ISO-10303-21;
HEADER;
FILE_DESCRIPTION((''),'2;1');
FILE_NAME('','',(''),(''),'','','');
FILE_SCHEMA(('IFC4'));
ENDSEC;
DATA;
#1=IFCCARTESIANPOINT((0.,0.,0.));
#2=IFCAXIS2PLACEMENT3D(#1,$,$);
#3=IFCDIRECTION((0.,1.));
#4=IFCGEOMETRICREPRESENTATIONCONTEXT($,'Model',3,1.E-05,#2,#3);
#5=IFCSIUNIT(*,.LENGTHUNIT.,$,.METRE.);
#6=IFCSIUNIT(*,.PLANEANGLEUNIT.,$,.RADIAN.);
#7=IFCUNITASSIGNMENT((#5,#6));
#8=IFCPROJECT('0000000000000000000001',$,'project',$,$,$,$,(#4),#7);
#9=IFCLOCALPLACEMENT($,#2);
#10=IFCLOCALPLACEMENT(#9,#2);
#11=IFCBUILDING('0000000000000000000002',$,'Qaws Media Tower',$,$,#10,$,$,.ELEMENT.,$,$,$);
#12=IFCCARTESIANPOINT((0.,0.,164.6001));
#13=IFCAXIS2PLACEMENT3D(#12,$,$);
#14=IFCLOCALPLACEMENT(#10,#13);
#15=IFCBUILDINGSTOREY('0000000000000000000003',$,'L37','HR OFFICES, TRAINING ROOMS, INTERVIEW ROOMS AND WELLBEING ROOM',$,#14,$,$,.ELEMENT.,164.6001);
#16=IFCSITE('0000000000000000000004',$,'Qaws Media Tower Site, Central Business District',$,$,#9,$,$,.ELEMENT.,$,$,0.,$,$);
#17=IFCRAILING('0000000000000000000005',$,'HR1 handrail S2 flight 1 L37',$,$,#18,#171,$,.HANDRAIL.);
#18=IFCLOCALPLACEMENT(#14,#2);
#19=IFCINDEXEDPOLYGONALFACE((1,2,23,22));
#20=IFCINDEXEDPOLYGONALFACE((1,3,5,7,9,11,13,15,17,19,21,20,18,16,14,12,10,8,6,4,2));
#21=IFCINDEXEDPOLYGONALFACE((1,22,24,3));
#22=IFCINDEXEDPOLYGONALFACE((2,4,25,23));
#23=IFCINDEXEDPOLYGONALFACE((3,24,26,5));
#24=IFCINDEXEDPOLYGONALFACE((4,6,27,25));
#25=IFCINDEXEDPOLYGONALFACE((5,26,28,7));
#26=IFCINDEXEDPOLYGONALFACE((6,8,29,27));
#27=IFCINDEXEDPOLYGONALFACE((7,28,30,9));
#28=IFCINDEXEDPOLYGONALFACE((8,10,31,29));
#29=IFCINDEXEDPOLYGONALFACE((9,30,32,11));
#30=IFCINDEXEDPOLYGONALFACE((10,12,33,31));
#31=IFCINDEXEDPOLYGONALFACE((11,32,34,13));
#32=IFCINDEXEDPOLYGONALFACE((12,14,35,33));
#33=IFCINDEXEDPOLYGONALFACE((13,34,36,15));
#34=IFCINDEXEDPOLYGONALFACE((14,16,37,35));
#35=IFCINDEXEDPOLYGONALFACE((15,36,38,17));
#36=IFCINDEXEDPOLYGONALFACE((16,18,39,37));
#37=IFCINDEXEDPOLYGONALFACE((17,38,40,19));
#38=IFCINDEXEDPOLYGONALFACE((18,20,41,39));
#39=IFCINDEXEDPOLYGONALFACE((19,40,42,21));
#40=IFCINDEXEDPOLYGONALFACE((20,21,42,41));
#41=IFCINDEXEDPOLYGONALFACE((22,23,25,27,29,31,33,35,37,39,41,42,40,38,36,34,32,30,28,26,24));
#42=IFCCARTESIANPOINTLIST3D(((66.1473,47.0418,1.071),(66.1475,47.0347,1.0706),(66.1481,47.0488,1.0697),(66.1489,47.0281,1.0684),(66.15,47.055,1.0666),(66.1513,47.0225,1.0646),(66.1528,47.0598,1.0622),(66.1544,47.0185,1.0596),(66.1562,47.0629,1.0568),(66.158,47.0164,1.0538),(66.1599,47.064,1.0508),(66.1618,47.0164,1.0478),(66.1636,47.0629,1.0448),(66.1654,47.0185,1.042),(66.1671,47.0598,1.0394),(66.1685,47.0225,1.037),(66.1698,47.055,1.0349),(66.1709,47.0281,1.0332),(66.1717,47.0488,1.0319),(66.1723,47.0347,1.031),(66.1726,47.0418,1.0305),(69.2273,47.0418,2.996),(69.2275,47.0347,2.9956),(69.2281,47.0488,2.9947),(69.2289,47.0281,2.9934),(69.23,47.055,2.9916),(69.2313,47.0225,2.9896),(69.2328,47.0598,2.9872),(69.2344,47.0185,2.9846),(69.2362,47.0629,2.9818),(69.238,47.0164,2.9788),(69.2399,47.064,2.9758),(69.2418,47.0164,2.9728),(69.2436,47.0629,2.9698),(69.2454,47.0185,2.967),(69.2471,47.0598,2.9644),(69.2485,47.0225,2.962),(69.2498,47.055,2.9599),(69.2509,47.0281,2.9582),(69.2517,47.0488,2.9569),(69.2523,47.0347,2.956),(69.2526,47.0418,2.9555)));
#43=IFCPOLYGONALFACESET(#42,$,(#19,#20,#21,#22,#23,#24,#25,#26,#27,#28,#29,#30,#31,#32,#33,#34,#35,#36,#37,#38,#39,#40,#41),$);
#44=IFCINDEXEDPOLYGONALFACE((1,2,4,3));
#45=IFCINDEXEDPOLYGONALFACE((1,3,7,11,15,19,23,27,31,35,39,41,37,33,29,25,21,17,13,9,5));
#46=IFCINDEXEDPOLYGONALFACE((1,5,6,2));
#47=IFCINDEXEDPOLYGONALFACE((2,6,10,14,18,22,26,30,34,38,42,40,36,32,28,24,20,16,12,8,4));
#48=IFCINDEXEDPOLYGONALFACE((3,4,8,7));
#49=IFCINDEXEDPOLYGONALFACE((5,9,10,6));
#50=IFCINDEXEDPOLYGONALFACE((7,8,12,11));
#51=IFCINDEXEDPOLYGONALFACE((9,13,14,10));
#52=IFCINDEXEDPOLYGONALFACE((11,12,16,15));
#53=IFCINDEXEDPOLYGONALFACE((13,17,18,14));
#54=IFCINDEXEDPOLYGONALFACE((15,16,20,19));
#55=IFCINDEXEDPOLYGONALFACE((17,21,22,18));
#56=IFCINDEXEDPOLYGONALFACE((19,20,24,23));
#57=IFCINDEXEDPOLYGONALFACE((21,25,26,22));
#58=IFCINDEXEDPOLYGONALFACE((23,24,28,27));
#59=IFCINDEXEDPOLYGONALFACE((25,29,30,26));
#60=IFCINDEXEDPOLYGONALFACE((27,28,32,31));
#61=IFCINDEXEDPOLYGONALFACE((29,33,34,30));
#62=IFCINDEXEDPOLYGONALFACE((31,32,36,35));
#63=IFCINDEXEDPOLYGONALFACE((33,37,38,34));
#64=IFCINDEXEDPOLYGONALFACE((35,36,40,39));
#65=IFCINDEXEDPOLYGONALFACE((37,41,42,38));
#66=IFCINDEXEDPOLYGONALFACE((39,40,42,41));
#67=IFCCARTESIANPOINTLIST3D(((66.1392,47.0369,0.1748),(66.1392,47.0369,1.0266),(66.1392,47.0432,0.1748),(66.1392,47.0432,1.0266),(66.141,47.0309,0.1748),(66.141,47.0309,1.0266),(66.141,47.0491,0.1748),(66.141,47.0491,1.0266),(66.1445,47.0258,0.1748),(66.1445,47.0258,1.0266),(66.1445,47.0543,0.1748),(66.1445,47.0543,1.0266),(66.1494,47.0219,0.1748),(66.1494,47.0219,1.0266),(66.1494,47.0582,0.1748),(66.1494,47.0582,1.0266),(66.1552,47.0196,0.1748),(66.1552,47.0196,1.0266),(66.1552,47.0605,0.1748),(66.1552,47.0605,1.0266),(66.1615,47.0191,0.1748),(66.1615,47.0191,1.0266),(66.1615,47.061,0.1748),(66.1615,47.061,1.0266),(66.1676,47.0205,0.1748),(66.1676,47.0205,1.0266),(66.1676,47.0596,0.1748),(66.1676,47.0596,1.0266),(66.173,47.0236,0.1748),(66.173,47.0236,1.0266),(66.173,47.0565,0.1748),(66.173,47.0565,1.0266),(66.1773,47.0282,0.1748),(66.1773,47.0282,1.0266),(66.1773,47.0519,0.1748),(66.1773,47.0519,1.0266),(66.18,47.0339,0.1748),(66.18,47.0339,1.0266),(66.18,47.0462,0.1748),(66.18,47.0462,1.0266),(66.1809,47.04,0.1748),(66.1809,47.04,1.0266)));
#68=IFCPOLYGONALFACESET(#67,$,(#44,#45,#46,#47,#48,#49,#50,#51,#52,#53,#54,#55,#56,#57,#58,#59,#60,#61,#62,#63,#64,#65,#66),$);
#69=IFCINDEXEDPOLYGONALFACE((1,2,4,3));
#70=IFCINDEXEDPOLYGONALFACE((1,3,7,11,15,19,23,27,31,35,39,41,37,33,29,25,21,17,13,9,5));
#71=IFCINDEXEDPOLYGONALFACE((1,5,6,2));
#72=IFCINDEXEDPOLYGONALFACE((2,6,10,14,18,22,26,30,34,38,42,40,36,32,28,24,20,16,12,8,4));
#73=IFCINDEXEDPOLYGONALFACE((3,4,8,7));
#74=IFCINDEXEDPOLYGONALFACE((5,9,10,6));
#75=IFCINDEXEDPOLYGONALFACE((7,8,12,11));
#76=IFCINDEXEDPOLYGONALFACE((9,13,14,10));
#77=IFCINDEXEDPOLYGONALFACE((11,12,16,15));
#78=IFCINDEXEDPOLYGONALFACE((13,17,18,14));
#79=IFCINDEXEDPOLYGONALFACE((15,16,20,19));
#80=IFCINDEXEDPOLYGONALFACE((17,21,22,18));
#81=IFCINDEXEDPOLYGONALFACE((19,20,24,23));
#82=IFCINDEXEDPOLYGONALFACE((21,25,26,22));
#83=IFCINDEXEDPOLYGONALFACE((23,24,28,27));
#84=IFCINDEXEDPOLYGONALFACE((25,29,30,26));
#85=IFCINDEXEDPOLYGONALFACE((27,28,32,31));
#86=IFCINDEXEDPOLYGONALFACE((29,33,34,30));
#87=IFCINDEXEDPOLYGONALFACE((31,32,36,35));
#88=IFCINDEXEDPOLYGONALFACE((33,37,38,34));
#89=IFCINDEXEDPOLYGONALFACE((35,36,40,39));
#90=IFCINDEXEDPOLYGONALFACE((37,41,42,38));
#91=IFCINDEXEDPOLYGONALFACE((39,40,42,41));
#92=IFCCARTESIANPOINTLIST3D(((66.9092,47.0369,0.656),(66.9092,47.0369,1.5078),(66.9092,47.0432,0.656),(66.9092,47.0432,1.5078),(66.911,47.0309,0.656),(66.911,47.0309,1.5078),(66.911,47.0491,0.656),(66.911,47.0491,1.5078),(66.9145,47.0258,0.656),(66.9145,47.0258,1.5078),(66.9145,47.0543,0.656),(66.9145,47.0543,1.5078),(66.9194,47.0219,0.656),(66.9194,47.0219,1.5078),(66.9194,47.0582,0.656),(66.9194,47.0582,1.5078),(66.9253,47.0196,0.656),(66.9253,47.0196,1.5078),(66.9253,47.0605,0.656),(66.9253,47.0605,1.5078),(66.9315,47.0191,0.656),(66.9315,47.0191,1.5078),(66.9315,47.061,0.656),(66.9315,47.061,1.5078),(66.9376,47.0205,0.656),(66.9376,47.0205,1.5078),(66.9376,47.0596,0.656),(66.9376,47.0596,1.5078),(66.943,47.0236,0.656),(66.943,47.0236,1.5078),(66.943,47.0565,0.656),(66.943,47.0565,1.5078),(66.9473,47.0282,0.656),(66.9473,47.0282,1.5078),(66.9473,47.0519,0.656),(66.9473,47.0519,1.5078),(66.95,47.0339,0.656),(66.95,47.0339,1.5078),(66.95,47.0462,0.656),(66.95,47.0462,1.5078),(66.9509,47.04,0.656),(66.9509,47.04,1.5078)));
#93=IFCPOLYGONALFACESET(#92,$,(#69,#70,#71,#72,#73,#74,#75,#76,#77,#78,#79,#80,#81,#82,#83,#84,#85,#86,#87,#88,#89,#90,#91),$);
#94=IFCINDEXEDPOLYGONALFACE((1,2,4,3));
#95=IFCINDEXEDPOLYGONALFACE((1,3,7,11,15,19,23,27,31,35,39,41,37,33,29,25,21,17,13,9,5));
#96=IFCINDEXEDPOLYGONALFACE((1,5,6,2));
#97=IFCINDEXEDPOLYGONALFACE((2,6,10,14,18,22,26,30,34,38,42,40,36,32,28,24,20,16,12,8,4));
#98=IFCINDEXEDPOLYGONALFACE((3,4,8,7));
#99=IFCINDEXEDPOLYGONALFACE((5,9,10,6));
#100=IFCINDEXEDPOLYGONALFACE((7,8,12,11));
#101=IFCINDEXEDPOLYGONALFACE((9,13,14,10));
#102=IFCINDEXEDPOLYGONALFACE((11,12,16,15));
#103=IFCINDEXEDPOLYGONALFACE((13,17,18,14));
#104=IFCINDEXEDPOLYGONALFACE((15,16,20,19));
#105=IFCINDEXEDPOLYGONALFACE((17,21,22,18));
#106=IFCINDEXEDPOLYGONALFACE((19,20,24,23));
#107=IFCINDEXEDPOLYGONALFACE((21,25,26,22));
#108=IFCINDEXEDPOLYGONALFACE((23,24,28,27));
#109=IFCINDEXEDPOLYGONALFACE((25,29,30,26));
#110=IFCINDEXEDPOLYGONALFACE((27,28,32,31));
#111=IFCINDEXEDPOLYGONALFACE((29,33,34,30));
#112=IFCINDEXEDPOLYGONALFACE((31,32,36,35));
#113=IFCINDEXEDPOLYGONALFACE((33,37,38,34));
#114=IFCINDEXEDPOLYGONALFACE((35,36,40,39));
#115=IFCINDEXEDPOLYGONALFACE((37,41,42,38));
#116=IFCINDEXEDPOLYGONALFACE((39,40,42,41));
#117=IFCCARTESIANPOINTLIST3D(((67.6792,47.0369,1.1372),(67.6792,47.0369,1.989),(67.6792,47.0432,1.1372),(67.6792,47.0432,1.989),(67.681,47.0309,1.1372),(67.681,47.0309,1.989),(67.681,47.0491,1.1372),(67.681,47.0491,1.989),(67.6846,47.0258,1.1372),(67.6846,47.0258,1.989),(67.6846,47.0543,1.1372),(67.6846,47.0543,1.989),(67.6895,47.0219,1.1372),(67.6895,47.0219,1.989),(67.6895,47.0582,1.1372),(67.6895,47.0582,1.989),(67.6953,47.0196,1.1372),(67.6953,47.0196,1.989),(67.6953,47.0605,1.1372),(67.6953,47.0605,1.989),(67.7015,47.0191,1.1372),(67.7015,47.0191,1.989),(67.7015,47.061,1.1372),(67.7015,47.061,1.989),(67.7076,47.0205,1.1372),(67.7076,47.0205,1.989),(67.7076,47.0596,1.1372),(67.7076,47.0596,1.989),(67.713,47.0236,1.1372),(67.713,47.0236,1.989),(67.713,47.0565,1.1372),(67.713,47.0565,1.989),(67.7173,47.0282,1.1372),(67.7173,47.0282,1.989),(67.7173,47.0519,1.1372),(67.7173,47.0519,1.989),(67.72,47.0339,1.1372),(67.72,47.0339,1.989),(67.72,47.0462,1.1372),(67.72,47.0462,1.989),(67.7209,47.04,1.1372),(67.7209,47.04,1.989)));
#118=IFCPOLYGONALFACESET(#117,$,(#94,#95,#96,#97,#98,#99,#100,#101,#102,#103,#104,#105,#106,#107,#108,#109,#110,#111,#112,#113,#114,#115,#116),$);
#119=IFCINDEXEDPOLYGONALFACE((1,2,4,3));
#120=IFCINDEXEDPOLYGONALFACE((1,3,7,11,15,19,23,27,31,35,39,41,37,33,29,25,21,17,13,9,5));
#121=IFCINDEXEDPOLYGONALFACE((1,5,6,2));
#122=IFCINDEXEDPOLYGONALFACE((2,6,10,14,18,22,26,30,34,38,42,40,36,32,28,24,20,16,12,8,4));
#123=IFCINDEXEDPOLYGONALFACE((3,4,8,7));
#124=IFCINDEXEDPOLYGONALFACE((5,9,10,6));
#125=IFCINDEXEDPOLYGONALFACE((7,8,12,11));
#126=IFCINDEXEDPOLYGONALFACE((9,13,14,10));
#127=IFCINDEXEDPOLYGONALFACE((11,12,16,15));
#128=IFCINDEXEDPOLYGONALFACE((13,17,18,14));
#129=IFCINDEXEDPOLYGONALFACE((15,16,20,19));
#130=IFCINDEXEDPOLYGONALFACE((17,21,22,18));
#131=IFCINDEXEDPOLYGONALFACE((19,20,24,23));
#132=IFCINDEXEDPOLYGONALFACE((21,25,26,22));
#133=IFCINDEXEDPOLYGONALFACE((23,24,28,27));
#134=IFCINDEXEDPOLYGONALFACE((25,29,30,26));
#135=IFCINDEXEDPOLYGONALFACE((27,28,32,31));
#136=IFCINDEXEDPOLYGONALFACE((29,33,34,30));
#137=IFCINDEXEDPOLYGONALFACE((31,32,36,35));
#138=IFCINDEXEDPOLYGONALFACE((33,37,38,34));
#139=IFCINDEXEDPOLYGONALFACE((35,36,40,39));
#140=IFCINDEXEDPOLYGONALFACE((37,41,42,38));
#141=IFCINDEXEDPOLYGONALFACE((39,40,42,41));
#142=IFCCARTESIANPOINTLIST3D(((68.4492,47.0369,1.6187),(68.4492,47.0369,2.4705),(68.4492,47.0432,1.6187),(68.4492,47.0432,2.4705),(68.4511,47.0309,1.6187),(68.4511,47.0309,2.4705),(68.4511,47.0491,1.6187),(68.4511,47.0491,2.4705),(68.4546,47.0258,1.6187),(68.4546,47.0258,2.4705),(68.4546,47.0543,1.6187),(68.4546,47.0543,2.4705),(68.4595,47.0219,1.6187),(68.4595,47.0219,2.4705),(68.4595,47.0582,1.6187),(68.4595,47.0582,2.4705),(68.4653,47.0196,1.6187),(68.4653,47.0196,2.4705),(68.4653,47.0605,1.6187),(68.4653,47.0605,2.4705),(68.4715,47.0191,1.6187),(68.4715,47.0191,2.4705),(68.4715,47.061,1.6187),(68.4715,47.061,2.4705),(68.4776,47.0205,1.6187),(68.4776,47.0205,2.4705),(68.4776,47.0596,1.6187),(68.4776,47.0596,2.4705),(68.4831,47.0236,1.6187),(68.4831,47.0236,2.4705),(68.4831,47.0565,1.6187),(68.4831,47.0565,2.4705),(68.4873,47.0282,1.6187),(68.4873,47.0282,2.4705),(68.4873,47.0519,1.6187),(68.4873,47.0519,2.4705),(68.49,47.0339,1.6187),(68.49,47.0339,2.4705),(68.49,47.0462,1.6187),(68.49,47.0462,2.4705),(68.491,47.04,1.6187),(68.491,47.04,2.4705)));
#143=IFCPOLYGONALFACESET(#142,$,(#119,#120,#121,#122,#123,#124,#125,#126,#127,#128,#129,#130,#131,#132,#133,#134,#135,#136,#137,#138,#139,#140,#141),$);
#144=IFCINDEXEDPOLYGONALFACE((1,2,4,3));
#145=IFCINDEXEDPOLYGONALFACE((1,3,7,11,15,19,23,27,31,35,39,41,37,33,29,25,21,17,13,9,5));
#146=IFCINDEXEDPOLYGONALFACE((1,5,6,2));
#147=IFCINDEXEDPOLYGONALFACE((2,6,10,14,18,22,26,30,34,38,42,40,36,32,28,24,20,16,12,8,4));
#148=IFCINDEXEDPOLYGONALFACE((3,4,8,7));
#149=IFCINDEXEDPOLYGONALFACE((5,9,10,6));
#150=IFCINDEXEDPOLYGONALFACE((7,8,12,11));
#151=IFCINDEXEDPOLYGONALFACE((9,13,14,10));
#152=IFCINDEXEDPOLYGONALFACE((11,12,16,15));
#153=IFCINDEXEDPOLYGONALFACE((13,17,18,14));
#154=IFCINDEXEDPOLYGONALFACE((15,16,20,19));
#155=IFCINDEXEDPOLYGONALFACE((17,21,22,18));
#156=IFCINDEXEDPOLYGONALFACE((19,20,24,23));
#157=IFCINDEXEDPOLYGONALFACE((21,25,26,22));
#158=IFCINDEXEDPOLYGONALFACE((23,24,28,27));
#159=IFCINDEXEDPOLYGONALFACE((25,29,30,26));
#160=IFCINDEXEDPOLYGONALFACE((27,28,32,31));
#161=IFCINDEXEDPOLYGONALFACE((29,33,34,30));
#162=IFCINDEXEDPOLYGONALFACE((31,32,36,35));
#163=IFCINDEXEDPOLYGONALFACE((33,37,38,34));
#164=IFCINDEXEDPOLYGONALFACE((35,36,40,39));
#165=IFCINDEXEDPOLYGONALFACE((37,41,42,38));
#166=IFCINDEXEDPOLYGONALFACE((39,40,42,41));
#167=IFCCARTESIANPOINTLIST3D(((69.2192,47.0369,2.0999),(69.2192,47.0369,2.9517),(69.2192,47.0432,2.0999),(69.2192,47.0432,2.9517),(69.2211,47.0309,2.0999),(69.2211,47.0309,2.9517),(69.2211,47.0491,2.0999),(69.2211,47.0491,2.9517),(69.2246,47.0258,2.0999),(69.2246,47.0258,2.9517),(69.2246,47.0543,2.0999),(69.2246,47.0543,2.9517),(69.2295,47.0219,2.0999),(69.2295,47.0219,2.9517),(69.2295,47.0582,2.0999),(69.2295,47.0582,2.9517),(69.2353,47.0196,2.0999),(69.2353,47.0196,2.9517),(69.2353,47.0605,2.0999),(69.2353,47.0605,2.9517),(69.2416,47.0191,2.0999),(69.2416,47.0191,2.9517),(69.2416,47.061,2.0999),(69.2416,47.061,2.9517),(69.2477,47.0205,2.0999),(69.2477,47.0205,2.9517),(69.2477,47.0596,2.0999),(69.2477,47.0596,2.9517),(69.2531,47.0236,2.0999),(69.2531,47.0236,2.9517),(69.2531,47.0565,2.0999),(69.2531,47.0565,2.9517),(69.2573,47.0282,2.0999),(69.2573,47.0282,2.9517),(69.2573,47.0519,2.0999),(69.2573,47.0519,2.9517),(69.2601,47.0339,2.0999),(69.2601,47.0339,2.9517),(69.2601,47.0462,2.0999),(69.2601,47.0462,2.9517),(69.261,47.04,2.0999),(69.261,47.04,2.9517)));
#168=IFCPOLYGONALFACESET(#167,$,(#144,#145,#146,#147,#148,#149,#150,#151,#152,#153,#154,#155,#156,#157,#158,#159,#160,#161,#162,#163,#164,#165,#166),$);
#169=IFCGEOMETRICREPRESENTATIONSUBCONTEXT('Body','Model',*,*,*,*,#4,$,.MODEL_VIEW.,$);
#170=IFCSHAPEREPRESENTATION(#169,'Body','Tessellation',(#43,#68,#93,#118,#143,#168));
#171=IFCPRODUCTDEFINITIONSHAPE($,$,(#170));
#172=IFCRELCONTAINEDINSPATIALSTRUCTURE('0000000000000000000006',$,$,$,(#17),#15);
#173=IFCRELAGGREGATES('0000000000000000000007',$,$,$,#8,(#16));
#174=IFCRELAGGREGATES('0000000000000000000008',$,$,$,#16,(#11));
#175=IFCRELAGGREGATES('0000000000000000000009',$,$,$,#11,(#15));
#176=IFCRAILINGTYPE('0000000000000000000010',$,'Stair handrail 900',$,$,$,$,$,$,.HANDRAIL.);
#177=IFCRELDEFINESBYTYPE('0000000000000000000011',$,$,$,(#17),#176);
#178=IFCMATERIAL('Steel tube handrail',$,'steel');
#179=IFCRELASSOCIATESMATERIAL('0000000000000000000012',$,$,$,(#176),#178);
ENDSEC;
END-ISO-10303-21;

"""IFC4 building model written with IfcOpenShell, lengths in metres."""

from ifc_helpers import new_model, si_unit, direction, frame, origin, origin_2d, place, context, subcontext, project, spatial, circle, extrude, material, type_object, element, save


model = new_model("IFC4")

# Units and contexts
model_context = context("Model", 3, precision=1e-05, world=origin(), true_north=direction((0.0, 1.0)))
body_context = subcontext(model_context, "Body", "Model", "MODEL_VIEW")
ifc_project = project(units=[si_unit("LENGTHUNIT", "METRE"), si_unit("PLANEANGLEUNIT", "RADIAN")], contexts=[model_context])

# Site, building, storey
site_placement = place(None, origin())
site = spatial("IfcSite", under=ifc_project, at=site_placement, Name="Qaws Media Tower Site, Central Business District", CompositionType="ELEMENT", RefElevation=0.0)
building_placement = place(site_placement, origin())
building = spatial("IfcBuilding", under=site, at=building_placement, Name="Qaws Media Tower", CompositionType="ELEMENT")
storey_placement = place(building_placement, frame((0.0, 0.0, 164.6001)))
storey = spatial("IfcBuildingStorey", under=building, at=storey_placement, Name="L37", Description="HR OFFICES, TRAINING ROOMS, INTERVIEW ROOMS AND WELLBEING ROOM", CompositionType="ELEMENT", Elevation=164.6001)

# Railing
ifc_material_1 = material(Name="Steel tube handrail", Category="steel")
railing_type = type_object("IfcRailingType", Name="Stair handrail 900", PredefinedType="HANDRAIL", material=ifc_material_1)
for number, where, name in (
    (1, (66.1599, 47.04, 0.1748), "HR1 handrail S2 flight 1 L37"),
):
    element("IfcRailing", number, at=place(storey_placement, frame(where)), inside=storey, type_object=railing_type, Name=name, PredefinedType="HANDRAIL", context=body_context, shape_type="SweptSolid", body=[
        extrude(circle(Radius=0.0239, at=origin_2d()), frame((0.0, 0.0, 0.876), z_axis=(0.847998, 0.0, 0.529999), x_axis=(0.0, 1.0, 0.0)), (0.0, 0.0, 1.0), 3.6321),
        extrude(circle(Radius=0.021, at=origin_2d()), origin(), (0.0, 0.0, 1.0), 0.8518),
        extrude(circle(Radius=0.021, at=origin_2d()), frame((0.77, 0.0, 0.4812)), (0.0, 0.0, 1.0), 0.8518),
        extrude(circle(Radius=0.021, at=origin_2d()), frame((1.54, 0.0, 0.9624)), (0.0, 0.0, 1.0), 0.8518),
        extrude(circle(Radius=0.021, at=origin_2d()), frame((2.3101, 0.0, 1.4438)), (0.0, 0.0, 1.0), 0.8518),
        extrude(circle(Radius=0.021, at=origin_2d()), frame((3.0801, 0.0, 1.925)), (0.0, 0.0, 1.0), 0.8518),
    ])

save(model, "model.ifc")
